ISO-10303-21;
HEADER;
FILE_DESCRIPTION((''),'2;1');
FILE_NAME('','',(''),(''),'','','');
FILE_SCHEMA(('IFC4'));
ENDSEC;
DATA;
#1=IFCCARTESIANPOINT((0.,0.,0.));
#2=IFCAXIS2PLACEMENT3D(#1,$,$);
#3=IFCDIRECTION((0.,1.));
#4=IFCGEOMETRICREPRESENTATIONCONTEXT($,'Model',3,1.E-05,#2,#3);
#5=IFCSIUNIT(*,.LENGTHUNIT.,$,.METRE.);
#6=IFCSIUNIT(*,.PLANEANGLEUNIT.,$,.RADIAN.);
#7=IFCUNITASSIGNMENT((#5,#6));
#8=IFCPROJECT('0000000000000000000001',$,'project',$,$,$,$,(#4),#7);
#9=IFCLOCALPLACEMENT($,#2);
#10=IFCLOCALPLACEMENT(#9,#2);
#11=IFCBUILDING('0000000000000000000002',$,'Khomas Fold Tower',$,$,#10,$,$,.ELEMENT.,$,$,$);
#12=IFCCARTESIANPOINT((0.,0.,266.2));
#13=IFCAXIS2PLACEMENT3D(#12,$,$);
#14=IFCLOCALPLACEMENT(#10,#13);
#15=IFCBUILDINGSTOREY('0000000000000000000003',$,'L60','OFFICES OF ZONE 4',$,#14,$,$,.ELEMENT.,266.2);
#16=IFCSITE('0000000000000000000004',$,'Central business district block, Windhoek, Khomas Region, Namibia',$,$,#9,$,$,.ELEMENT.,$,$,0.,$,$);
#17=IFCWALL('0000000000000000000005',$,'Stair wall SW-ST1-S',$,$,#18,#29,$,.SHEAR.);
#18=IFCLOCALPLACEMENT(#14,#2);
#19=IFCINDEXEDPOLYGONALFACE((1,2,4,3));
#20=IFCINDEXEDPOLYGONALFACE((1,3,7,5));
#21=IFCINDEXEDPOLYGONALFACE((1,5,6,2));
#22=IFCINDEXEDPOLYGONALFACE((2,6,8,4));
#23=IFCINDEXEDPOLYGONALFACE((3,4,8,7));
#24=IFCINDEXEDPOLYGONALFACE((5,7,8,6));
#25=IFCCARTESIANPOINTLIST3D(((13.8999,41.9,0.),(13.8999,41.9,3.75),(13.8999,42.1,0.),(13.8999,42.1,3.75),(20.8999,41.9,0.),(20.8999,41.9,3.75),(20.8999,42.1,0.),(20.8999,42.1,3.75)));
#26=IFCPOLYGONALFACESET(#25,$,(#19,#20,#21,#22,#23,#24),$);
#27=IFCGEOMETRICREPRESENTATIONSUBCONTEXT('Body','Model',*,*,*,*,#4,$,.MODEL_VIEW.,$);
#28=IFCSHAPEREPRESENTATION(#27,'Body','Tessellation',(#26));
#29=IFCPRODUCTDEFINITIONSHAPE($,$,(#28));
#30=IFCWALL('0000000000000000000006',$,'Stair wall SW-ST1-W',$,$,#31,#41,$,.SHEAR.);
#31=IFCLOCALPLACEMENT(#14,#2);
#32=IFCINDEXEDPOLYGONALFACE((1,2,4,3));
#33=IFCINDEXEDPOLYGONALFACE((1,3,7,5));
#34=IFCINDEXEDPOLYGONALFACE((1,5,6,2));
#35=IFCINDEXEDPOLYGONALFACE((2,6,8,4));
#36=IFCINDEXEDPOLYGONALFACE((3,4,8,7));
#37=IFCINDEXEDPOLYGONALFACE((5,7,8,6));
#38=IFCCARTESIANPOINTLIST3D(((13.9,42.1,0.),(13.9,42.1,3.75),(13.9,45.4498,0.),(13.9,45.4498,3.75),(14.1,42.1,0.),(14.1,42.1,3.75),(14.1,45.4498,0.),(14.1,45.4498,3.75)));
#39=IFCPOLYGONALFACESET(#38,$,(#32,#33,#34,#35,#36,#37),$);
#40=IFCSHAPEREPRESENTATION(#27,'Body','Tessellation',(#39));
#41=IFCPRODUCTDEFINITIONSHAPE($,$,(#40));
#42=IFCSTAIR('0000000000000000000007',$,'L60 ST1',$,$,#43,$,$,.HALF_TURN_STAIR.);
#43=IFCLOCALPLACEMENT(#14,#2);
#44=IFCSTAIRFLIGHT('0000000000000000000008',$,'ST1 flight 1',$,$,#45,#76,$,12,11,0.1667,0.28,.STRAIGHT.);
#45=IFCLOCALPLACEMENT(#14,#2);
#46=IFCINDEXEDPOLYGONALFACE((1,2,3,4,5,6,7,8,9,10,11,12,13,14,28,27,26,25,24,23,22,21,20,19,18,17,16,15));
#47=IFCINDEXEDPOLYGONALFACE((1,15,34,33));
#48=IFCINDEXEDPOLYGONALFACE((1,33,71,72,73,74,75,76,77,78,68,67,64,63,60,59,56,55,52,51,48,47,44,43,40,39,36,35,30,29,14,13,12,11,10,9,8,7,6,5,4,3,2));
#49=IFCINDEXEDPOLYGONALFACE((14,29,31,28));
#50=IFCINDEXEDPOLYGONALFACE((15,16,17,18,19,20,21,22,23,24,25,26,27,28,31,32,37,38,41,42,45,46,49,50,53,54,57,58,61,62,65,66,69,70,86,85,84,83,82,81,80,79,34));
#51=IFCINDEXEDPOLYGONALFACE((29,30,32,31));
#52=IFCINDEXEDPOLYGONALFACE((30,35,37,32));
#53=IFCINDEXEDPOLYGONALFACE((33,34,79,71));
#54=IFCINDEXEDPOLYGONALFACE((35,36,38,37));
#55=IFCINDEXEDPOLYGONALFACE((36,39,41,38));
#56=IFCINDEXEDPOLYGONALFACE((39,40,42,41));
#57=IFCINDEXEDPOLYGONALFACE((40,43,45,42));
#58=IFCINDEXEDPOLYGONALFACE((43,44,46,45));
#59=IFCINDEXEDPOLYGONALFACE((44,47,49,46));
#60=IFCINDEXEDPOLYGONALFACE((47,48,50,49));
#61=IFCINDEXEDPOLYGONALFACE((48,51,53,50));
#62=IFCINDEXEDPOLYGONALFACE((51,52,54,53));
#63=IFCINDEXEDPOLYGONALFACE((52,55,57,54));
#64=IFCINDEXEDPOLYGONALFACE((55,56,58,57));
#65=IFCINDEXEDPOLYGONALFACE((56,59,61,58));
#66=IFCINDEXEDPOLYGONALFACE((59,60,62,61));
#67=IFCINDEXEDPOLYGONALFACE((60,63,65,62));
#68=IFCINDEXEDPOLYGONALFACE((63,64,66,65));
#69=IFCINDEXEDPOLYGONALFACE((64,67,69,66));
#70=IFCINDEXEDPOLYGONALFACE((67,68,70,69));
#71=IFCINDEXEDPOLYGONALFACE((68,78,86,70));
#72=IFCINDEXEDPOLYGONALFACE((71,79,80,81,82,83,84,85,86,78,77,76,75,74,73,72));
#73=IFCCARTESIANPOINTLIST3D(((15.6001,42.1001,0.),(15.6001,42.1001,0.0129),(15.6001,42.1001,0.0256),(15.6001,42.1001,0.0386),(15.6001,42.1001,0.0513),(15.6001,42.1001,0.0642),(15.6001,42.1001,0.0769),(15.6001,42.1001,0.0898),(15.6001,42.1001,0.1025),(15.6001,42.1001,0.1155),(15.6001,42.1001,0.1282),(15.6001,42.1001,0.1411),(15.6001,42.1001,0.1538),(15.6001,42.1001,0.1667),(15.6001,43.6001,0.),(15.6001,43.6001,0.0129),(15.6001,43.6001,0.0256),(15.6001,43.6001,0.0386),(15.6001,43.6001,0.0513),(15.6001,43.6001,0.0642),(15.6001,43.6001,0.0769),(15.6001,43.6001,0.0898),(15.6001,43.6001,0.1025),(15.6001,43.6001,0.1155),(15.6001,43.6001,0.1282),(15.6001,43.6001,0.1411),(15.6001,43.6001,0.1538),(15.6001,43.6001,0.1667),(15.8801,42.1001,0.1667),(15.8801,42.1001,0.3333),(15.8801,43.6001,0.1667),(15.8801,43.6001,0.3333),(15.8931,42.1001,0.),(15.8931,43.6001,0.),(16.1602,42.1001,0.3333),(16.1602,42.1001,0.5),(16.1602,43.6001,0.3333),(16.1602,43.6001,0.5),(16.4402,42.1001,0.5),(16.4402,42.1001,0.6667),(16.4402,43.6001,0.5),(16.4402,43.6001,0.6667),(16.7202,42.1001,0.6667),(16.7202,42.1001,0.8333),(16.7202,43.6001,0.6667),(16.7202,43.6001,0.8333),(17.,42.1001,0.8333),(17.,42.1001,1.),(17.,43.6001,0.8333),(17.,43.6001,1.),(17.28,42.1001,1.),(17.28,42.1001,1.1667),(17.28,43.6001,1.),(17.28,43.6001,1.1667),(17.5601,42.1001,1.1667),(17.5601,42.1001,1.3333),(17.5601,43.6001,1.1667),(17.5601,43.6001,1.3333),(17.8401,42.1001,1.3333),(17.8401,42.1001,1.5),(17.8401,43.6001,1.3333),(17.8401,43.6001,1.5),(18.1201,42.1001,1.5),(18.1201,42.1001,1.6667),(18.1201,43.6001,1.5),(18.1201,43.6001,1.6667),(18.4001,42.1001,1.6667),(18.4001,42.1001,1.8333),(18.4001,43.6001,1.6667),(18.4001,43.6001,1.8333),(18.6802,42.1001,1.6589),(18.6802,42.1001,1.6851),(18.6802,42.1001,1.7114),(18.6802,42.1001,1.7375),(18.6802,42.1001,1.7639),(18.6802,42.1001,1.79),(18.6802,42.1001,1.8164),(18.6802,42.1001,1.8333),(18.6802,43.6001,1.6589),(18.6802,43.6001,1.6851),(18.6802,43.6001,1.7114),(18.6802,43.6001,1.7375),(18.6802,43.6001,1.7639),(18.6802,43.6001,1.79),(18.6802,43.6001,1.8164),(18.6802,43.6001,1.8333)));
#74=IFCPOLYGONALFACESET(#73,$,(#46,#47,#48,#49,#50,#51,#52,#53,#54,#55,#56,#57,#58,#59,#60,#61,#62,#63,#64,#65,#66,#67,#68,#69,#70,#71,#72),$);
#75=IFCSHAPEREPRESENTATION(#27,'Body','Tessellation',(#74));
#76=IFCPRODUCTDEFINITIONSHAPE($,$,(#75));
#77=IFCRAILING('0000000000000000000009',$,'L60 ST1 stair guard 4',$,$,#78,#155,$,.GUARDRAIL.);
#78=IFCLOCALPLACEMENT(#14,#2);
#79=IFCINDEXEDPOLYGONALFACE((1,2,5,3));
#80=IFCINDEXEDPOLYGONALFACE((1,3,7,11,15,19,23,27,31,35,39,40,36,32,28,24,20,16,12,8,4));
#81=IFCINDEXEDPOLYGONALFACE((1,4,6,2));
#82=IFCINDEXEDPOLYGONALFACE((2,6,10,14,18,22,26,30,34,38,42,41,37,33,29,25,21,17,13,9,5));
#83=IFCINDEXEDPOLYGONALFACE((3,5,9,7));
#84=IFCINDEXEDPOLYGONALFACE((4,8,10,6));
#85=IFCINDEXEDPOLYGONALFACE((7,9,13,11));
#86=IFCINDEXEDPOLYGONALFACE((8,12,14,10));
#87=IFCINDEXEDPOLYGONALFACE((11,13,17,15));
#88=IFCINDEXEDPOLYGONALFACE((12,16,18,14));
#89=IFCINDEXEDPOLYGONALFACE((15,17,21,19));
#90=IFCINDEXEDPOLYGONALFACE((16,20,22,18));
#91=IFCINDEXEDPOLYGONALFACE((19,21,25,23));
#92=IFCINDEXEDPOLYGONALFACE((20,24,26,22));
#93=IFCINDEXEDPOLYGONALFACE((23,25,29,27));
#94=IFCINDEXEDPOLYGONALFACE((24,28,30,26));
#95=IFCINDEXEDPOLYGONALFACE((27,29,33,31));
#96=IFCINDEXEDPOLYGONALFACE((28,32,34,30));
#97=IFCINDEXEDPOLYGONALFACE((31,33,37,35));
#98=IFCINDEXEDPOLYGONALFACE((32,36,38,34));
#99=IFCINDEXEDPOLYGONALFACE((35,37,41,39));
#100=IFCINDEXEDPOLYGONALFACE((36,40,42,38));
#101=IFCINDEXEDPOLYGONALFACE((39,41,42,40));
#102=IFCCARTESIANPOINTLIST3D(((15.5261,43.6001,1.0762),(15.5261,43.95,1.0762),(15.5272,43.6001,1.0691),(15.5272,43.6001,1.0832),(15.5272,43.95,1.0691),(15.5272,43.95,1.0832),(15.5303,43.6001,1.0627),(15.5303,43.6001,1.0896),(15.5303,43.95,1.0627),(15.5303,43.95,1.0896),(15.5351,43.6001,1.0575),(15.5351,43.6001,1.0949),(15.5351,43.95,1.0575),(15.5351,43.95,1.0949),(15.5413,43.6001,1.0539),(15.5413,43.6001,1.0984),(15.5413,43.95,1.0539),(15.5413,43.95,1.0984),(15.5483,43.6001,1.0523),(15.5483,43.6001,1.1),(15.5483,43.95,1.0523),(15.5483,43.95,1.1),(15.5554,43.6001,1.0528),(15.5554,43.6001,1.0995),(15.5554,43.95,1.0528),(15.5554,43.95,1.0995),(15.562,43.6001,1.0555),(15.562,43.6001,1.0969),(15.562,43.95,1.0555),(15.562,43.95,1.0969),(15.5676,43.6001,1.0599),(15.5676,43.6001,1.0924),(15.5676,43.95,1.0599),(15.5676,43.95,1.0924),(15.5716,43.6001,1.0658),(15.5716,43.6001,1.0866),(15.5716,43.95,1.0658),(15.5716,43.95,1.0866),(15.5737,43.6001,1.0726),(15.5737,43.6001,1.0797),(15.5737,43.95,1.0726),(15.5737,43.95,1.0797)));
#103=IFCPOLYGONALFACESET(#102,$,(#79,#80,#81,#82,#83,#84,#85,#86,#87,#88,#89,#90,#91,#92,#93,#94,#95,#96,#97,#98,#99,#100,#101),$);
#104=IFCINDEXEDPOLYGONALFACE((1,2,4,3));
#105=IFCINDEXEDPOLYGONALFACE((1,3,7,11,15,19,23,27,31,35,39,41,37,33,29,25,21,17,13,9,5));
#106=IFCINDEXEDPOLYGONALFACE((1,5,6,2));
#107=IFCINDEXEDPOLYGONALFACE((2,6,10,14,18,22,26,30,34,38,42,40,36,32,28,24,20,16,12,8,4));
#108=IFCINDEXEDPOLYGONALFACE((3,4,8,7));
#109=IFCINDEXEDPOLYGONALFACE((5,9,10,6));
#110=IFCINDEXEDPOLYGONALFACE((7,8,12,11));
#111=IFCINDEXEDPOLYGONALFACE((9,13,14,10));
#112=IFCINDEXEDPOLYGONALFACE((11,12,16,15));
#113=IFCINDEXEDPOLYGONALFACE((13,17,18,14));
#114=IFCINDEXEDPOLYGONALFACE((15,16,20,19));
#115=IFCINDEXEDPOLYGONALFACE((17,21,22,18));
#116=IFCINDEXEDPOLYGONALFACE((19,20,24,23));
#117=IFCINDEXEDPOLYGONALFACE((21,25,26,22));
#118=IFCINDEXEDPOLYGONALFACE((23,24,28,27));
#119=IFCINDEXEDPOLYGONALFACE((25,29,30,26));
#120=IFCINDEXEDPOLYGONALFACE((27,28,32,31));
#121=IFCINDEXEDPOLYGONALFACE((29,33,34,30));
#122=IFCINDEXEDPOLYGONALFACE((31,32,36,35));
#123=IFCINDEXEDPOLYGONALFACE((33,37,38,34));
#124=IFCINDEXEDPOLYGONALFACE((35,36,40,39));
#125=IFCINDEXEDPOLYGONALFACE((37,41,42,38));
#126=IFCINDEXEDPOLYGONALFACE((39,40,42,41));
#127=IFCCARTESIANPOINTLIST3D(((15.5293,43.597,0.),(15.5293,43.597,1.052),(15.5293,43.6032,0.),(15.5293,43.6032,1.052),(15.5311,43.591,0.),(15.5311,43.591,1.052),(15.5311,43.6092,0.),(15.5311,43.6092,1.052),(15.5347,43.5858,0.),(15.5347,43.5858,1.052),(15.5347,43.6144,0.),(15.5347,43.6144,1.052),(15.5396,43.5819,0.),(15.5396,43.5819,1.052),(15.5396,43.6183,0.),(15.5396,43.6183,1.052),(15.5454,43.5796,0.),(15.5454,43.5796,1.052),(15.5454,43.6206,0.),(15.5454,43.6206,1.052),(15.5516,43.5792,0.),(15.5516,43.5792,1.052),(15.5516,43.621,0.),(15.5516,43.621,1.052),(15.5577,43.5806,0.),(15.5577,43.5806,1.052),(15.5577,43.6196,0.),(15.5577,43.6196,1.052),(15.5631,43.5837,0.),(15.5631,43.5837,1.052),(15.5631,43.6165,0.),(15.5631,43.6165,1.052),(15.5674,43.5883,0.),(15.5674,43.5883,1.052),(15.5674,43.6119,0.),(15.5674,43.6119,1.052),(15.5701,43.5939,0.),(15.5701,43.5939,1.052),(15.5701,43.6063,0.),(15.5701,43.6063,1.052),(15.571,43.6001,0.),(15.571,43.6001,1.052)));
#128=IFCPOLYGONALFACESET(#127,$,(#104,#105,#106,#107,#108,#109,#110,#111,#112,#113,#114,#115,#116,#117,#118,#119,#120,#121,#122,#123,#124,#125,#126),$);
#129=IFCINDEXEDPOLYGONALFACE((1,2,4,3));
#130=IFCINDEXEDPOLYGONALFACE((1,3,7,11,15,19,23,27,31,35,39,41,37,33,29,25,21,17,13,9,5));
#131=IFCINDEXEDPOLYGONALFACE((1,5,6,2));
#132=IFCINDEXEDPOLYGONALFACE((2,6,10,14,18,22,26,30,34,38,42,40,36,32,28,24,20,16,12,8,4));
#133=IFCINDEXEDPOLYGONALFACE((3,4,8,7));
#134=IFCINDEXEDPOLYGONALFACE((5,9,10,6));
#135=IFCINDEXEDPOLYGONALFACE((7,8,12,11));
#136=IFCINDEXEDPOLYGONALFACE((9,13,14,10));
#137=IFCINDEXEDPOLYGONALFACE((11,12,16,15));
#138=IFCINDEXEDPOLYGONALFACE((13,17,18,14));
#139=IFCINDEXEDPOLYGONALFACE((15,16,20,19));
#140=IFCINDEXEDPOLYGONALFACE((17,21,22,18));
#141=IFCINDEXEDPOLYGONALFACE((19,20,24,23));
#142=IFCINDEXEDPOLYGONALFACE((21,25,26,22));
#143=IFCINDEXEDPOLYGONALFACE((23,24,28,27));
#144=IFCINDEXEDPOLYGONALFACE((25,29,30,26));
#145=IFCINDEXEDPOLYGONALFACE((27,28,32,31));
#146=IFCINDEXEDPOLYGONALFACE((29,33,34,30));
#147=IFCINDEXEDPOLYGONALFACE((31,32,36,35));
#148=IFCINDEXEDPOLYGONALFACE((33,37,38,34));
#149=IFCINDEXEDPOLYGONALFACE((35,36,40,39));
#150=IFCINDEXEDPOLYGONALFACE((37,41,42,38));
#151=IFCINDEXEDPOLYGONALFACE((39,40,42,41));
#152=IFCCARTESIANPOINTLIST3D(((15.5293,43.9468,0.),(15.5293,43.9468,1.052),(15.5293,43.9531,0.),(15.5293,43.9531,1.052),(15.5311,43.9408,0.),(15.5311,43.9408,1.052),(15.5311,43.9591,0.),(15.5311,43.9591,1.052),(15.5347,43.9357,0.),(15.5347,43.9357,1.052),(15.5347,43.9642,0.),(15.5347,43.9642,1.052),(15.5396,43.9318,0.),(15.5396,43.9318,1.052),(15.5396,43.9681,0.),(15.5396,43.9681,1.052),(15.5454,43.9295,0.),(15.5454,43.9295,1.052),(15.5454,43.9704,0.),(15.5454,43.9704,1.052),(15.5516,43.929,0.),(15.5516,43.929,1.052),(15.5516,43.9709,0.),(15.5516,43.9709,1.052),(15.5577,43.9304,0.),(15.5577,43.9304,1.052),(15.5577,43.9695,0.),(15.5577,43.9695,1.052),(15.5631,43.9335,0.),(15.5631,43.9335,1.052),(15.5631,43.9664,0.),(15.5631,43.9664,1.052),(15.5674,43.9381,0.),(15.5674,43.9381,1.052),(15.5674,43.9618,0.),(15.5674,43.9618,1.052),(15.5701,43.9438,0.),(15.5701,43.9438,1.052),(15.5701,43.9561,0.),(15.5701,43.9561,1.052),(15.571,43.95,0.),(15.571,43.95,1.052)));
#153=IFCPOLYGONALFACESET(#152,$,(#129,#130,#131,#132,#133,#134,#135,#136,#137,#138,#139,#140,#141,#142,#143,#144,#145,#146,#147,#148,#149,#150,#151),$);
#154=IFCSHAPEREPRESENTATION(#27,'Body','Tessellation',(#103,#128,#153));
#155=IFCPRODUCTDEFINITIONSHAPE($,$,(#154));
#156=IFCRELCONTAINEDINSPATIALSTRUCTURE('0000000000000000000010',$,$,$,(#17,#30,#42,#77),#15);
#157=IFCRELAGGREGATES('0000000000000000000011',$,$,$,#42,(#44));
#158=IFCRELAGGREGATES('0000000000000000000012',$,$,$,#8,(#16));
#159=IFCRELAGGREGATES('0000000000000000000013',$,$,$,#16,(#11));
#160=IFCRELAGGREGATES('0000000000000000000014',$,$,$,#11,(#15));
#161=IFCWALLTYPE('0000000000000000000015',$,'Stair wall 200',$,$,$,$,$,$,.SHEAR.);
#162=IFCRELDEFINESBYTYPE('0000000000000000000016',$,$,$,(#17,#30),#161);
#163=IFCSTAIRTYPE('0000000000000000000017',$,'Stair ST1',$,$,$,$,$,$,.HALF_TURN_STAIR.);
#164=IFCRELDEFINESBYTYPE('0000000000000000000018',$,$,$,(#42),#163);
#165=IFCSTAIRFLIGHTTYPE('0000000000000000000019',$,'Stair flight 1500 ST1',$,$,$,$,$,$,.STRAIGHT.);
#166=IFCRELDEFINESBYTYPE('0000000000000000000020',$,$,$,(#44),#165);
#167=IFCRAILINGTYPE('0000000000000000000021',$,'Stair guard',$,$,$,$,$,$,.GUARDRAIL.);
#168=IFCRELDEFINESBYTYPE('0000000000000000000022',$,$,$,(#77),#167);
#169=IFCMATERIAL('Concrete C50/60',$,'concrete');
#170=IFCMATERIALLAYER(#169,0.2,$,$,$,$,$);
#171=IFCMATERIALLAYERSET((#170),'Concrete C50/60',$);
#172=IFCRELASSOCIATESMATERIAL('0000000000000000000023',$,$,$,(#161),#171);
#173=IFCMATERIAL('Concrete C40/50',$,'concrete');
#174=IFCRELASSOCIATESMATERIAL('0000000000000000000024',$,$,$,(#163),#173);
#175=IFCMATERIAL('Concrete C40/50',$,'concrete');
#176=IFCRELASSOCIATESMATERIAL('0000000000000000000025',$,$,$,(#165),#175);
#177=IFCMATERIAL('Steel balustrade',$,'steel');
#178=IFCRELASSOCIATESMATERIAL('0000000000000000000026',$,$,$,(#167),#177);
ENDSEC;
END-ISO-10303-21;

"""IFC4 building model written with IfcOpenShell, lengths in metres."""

from ifc_helpers import new_model, si_unit, direction, frame, frame_2d, origin, origin_2d, place, context, subcontext, project, spatial, polyline, rectangle, circle, outline, extrude, source, transform, mapped, material, layer, layer_set, type_object, element, aggregate, save


model = new_model("IFC4")

# Units and contexts
model_context = context("Model", 3, precision=1e-05, world=origin(), true_north=direction((0.0, 1.0)))
body_context = subcontext(model_context, "Body", "Model", "MODEL_VIEW")
ifc_project = project(units=[si_unit("LENGTHUNIT", "METRE"), si_unit("PLANEANGLEUNIT", "RADIAN")], contexts=[model_context])

# Site, building, storey
site_placement = place(None, origin())
site = spatial("IfcSite", under=ifc_project, at=site_placement, Name="Central business district block, Windhoek, Khomas Region, Namibia", CompositionType="ELEMENT", RefElevation=0.0)
building_placement = place(site_placement, origin())
building = spatial("IfcBuilding", under=site, at=building_placement, Name="Khomas Fold Tower", CompositionType="ELEMENT")
storey_placement = place(building_placement, frame((0.0, 0.0, 266.2)))
storey = spatial("IfcBuildingStorey", under=building, at=storey_placement, Name="L60", Description="OFFICES OF ZONE 4", CompositionType="ELEMENT", Elevation=266.2)

# Walls
ifc_material_1 = material(Name="Concrete C50/60", Category="concrete")
ifc_layer = layer(ifc_material_1, 0.2)
ifc_layer_set = layer_set([ifc_layer], Name="Concrete C50/60")
wall_type = type_object("IfcWallType", Name="Stair wall 200", PredefinedType="SHEAR", material=ifc_layer_set)
shared_shape_1 = source(origin(), body_context, "Body", "SweptSolid", [
    extrude(rectangle(XDim=7.0, YDim=0.2, at=frame_2d((3.5, 0.0))), origin(), (0.0, 0.0, 1.0), 3.75),
])
wall_1_placement = place(storey_placement, frame((13.8999, 42.0, 0.0), z_axis=(0.0, 0.0, 1.0), x_axis=(1.0, 0.0, 0.0)))
element("IfcWall", 1, at=wall_1_placement, inside=storey, type_object=wall_type, Name="Stair wall SW-ST1-S", PredefinedType="SHEAR", context=body_context, shape_type="MappedRepresentation", body=[
    mapped(shared_shape_1, transform((0.0, 0.0, 0.0))),
])
shared_shape_2 = source(origin(), body_context, "Body", "SweptSolid", [
    extrude(rectangle(XDim=3.3499, YDim=0.2, at=frame_2d((1.6748, 0.0))), origin(), (0.0, 0.0, 1.0), 3.75),
])
wall_2_placement = place(storey_placement, frame((14.0, 42.1001, 0.0), z_axis=(0.0, 0.0, 1.0), x_axis=(0.0, 1.0, 0.0)))
element("IfcWall", 2, at=wall_2_placement, inside=storey, type_object=wall_type, Name="Stair wall SW-ST1-W", PredefinedType="SHEAR", context=body_context, shape_type="MappedRepresentation", body=[
    mapped(shared_shape_2, transform((0.0, 0.0, 0.0))),
])

# Stair, stair flight
ifc_material_2 = material(Name="Concrete C40/50", Category="concrete")
stair_type = type_object("IfcStairType", Name="Stair ST1", PredefinedType="HALF_TURN_STAIR", material=ifc_material_2)
stair_placement = place(storey_placement, origin())
stair = element("IfcStair", 3, at=stair_placement, inside=storey, type_object=stair_type, Name="L60 ST1", PredefinedType="HALF_TURN_STAIR")
ifc_material_3 = material(Name="Concrete C40/50", Category="concrete")
stair_flight_type = type_object("IfcStairFlightType", Name="Stair flight 1500 ST1", PredefinedType="STRAIGHT", material=ifc_material_3)
shared_shape_3 = source(origin(), body_context, "Body", "SweptSolid", [
    extrude(outline(polyline([(0.0, 0.0), (0.0, 0.0129), (0.0, 0.0256), (0.0, 0.0386), (0.0, 0.0513), (0.0, 0.0642), (0.0, 0.0769), (0.0, 0.0898), (0.0, 0.1025), (0.0, 0.1155), (0.0, 0.1282), (0.0, 0.1411), (0.0, 0.1538), (0.0, 0.1667), (0.28, 0.1667), (0.28, 0.3333), (0.5601, 0.3333), (0.5601, 0.5), (0.8401, 0.5), (0.8401, 0.6667), (1.1201, 0.6667), (1.1201, 0.8333), (1.3999, 0.8333), (1.3999, 1.0), (1.6799, 1.0), (1.6799, 1.1667), (1.96, 1.1667), (1.96, 1.3333), (2.24, 1.3333), (2.24, 1.5), (2.52, 1.5), (2.52, 1.6667), (2.8, 1.6667), (2.8, 1.8333), (3.0801, 1.8333), (3.0801, 2.0), (3.0801, 1.9739), (3.0801, 1.9475), (3.0801, 1.9214), (3.0801, 1.895), (3.0801, 1.8689), (3.0801, 1.8425), (3.0801, 1.8164), (3.0801, 1.79), (3.0801, 1.7639), (3.0801, 1.7375), (3.0801, 1.7114), (3.0801, 1.6851), (3.0801, 1.6589), (0.293, 0.0), (0.0, 0.0)])), frame((0.0, 0.75, 0.0), z_axis=(0.0, -1.0, 0.0), x_axis=(1.0, 0.0, 0.0)), (0.0, 0.0, 1.0), 1.5),
])
stair_flight_placement = place(storey_placement, frame((15.6001, 42.8501, 0.0), z_axis=(0.0, 0.0, 1.0), x_axis=(1.0, 0.0, 0.0)))
stair_flight = element("IfcStairFlight", 4, at=stair_flight_placement, type_object=stair_flight_type, Name="ST1 flight 1", NumberOfRisers=12, NumberOfTreads=11, PredefinedType="STRAIGHT", RiserHeight=0.1667, TreadLength=0.28, context=body_context, shape_type="MappedRepresentation", body=[
    mapped(shared_shape_3, transform((0.0, 0.0, 0.0))),
])
aggregate(stair, [stair_flight])

# Railing
ifc_material_4 = material(Name="Steel balustrade", Category="steel")
railing_type_1 = type_object("IfcRailingType", Name="Stair guard", PredefinedType="GUARDRAIL", material=ifc_material_4)
shared_shape_4 = source(origin(), body_context, "Body", "SweptSolid", [
    extrude(circle(Radius=0.0239, at=origin_2d()), frame((0.0, 0.0, 1.0762), z_axis=(0.0, 1.0, 0.0), x_axis=(-1.0, 0.0, 0.0)), (0.0, 0.0, 1.0), 0.3499),
    extrude(circle(Radius=0.021, at=origin_2d()), origin(), (0.0, 0.0, 1.0), 1.052),
    extrude(circle(Radius=0.021, at=origin_2d()), frame((0.0, 0.3499, 0.0)), (0.0, 0.0, 1.0), 1.052),
])
railing_1_placement = place(storey_placement, frame((15.55, 43.6001, 0.0)))
element("IfcRailing", 5, at=railing_1_placement, inside=storey, type_object=railing_type_1, Name="L60 ST1 stair guard 4", PredefinedType="GUARDRAIL", context=body_context, shape_type="MappedRepresentation", body=[
    mapped(shared_shape_4, transform((0.0, 0.0, 0.0))),
])

save(model, "model.ifc")
